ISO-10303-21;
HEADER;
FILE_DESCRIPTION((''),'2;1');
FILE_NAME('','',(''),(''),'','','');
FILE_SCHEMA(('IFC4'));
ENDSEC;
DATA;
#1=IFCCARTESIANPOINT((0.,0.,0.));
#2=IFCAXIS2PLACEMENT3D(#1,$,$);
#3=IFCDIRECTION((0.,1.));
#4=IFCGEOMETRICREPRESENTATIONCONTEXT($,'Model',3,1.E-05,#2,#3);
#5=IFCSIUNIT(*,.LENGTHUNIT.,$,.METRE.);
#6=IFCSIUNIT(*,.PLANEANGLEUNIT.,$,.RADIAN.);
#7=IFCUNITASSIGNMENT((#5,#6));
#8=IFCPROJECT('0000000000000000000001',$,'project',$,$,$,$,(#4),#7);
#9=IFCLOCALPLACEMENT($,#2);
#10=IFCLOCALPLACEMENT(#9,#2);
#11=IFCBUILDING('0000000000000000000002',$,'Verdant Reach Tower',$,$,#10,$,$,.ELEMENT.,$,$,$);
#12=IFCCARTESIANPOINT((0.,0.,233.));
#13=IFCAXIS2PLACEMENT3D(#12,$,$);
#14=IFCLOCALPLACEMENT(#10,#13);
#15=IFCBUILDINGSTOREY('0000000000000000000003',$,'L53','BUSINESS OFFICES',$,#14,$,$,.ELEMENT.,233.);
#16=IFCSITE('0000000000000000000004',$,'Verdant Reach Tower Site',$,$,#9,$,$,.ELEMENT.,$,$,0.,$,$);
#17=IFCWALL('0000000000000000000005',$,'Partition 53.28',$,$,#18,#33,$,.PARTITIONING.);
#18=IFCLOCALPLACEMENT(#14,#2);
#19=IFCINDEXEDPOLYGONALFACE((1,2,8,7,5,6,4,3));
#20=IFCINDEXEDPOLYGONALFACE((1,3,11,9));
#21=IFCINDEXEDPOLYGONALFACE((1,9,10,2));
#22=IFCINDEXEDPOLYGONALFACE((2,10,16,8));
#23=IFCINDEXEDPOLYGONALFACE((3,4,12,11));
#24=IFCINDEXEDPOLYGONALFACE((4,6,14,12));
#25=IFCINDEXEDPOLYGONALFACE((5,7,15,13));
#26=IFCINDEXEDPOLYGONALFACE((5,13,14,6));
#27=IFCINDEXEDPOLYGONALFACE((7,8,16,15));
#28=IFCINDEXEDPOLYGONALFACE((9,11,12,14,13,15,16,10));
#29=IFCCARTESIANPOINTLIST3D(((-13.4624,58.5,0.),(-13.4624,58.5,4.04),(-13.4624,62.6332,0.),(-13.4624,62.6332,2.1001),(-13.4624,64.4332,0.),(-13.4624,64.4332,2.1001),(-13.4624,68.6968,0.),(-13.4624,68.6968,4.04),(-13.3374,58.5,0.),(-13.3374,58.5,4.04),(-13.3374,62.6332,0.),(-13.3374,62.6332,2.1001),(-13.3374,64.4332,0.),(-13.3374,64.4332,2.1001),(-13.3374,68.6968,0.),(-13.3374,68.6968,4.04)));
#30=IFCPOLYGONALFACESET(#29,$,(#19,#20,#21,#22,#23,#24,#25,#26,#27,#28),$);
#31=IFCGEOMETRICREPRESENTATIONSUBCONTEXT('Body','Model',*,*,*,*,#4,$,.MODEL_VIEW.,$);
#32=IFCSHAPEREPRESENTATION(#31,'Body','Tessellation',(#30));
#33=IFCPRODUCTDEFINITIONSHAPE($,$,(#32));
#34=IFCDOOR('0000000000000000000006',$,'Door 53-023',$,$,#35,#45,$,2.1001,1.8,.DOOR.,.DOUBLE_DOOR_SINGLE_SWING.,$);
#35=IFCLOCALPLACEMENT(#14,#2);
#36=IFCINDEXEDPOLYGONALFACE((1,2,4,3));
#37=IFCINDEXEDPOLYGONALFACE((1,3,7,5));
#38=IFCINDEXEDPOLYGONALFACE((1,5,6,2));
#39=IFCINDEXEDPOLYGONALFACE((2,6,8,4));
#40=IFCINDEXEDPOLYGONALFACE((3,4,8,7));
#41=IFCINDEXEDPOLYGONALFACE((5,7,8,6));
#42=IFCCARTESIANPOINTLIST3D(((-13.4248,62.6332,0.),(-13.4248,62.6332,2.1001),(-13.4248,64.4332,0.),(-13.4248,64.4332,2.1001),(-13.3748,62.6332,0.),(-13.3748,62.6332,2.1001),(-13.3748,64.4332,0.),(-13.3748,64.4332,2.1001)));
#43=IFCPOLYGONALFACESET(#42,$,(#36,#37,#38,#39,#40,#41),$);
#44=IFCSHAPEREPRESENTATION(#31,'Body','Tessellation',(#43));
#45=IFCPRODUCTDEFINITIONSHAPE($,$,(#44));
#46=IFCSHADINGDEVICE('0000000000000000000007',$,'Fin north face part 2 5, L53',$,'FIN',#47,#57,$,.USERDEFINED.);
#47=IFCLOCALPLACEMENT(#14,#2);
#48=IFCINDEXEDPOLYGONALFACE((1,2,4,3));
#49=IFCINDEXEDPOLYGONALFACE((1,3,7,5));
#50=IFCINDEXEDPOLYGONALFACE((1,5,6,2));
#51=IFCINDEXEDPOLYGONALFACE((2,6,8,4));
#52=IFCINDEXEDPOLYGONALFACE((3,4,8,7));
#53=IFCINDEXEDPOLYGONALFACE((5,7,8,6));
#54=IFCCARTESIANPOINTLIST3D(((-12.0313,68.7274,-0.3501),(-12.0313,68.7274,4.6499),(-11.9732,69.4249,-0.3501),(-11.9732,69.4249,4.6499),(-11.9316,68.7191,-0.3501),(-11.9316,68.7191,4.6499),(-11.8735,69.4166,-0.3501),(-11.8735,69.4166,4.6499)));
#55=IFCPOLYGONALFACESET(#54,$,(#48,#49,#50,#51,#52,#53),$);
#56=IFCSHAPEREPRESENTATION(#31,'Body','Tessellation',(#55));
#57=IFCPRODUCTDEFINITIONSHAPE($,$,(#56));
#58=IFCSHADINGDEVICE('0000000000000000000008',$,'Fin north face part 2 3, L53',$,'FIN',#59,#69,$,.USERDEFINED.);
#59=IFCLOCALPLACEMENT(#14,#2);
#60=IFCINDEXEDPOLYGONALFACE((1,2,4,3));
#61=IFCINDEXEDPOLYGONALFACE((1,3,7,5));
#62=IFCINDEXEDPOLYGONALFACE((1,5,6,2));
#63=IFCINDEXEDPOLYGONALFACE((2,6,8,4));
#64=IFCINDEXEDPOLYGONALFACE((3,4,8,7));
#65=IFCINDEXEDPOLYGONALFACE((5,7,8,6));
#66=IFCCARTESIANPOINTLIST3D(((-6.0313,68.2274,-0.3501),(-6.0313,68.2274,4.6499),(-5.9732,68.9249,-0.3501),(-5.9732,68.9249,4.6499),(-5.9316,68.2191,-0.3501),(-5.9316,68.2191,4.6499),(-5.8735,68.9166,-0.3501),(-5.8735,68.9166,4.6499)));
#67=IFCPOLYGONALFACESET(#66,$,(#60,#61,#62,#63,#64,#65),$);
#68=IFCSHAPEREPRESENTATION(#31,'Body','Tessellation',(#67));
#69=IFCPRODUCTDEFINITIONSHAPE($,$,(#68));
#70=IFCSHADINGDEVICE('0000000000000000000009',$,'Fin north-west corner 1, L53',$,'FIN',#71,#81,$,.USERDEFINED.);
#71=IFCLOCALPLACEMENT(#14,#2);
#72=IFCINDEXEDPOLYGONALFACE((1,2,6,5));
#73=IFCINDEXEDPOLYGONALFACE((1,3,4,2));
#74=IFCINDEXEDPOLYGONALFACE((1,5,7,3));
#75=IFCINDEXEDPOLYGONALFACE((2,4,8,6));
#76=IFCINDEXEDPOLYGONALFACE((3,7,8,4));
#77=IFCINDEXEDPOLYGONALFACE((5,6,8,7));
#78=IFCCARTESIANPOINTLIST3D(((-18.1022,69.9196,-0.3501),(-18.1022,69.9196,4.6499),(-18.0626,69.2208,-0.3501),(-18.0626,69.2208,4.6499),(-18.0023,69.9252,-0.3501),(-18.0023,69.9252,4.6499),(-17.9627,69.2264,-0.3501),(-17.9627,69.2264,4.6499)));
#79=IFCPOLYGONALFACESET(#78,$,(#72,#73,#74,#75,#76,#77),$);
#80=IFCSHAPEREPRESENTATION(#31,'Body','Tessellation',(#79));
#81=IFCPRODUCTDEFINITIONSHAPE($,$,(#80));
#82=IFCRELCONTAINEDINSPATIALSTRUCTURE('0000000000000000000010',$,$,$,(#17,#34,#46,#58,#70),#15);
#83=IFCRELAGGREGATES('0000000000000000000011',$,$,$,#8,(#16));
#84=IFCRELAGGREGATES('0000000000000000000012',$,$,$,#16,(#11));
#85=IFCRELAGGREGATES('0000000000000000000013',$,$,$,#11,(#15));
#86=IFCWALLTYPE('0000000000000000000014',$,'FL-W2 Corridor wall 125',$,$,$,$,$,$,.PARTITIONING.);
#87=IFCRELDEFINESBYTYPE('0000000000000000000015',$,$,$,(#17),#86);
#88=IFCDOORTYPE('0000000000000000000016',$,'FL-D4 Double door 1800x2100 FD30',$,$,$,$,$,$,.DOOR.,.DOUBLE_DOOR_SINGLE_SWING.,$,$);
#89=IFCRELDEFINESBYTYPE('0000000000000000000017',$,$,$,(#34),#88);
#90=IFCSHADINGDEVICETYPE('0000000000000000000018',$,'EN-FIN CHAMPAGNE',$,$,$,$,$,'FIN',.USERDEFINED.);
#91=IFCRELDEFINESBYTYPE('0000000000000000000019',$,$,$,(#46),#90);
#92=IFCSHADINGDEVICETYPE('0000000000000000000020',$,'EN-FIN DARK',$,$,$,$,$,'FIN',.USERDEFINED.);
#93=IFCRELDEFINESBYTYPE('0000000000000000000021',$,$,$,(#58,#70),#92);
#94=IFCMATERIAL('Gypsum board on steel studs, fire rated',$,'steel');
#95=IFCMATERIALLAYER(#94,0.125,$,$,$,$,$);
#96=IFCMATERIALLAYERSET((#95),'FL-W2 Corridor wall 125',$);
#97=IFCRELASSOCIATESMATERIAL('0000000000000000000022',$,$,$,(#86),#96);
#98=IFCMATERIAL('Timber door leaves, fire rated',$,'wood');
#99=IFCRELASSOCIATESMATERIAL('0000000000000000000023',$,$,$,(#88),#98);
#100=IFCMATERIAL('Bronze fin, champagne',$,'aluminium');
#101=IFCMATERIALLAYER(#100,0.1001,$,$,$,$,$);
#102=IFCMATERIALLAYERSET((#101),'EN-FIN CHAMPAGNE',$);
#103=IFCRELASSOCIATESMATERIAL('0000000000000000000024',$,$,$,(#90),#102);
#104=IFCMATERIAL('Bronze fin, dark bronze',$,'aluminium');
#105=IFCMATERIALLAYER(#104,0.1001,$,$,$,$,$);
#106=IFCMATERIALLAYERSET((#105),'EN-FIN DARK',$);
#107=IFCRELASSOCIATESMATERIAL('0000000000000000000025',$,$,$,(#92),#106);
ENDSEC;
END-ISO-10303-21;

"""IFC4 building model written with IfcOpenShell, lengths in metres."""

from ifc_helpers import new_model, si_unit, direction, frame, frame_2d, origin, origin_2d, place, context, subcontext, project, spatial, rectangle, extrude, material, layer, layer_set, type_object, element, fill, save


model = new_model("IFC4")

# Units and contexts
model_context = context("Model", 3, precision=1e-05, world=origin(), true_north=direction((0.0, 1.0)))
body_context = subcontext(model_context, "Body", "Model", "MODEL_VIEW")
ifc_project = project(units=[si_unit("LENGTHUNIT", "METRE"), si_unit("PLANEANGLEUNIT", "RADIAN")], contexts=[model_context])

# Site, building, storey
site_placement = place(None, origin())
site = spatial("IfcSite", under=ifc_project, at=site_placement, Name="Verdant Reach Tower Site", CompositionType="ELEMENT", RefElevation=0.0)
building_placement = place(site_placement, origin())
building = spatial("IfcBuilding", under=site, at=building_placement, Name="Verdant Reach Tower", CompositionType="ELEMENT")
storey_placement = place(building_placement, frame((0.0, 0.0, 233.0)))
storey = spatial("IfcBuildingStorey", under=building, at=storey_placement, Name="L53", Description="BUSINESS OFFICES", CompositionType="ELEMENT", Elevation=233.0)

# Shared definitions
ifc_material_1 = material(Name="Gypsum board on steel studs, fire rated", Category="steel")
ifc_layer_1 = layer(ifc_material_1, 0.125)
ifc_layer_set_1 = layer_set([ifc_layer_1], Name="FL-W2 Corridor wall 125")
wall_type_1 = type_object("IfcWallType", Name="FL-W2 Corridor wall 125", PredefinedType="PARTITIONING", material=ifc_layer_set_1)

# Wall, opening, door
wall_1_placement = place(storey_placement, frame((-13.3999, 58.5, 0.0), z_axis=(0.0, 0.0, 1.0), x_axis=(0.0, 1.0, 0.0)))
wall_1 = element("IfcWall", 1, at=wall_1_placement, inside=storey, type_object=wall_type_1, Name="Partition 53.28", PredefinedType="PARTITIONING", context=body_context, shape_type="SweptSolid", body=[
    extrude(rectangle(XDim=10.1968, YDim=0.125, at=frame_2d((5.0984, 0.0))), origin(), (0.0, 0.0, 1.0), 4.04),
])
opening_1_placement = place(wall_1_placement, frame((4.1333, 0.0, 0.0)))
opening_1 = element("IfcOpeningElement", 2, at=opening_1_placement, cuts=wall_1, PredefinedType="OPENING", context=body_context, shape_type="SweptSolid", body=[
    extrude(rectangle(XDim=1.8, YDim=2.1001, at=frame_2d((0.8999, 1.05))), frame((0.0, 0.0725, 0.0), z_axis=(0.0, -1.0, 0.0), x_axis=(1.0, 0.0, 0.0)), (0.0, 0.0, 1.0), 0.145),
])
ifc_material_2 = material(Name="Timber door leaves, fire rated", Category="wood")
door_type_1 = type_object("IfcDoorType", Name="FL-D4 Double door 1800x2100 FD30", OperationType="DOUBLE_DOOR_SINGLE_SWING", PredefinedType="DOOR", material=ifc_material_2)
door_1_placement = place(opening_1_placement, origin())
door_1 = element("IfcDoor", 3, at=door_1_placement, inside=storey, type_object=door_type_1, Name="Door 53-023", OperationType="DOUBLE_DOOR_SINGLE_SWING", OverallHeight=2.1001, OverallWidth=1.8, PredefinedType="DOOR", context=body_context, shape_type="SweptSolid", body=[
    extrude(rectangle(XDim=1.8, YDim=2.1001, at=frame_2d((0.8999, 1.05))), frame((0.0, 0.0249, 0.0), z_axis=(0.0, -1.0, 0.0), x_axis=(1.0, 0.0, 0.0)), (0.0, 0.0, 1.0), 0.05),
])
fill(opening_1, door_1)

# Shading devices
ifc_material_3 = material(Name="Bronze fin, champagne", Category="aluminium")
ifc_layer_2 = layer(ifc_material_3, 0.1001)
ifc_layer_set_2 = layer_set([ifc_layer_2], Name="EN-FIN CHAMPAGNE")
shading_device_type_1 = type_object("IfcShadingDeviceType", Name="EN-FIN CHAMPAGNE", ElementType="FIN", PredefinedType="USERDEFINED", material=ifc_layer_set_2)
shading_device_placement = place(storey_placement, frame((-11.9524, 69.072, -0.3501), z_axis=(0.0, 0.0, 1.0), x_axis=(-0.996546, 0.083045, 0.0)))
element("IfcShadingDevice", 4, at=shading_device_placement, inside=storey, type_object=shading_device_type_1, Name="Fin north face part 2 5, L53", ObjectType="FIN", PredefinedType="USERDEFINED", context=body_context, shape_type="SweptSolid", body=[
    extrude(rectangle(XDim=0.1001, YDim=0.7, at=origin_2d()), origin(), (0.0, 0.0, 1.0), 5.0),
])
ifc_material_4 = material(Name="Bronze fin, dark bronze", Category="aluminium")
ifc_layer_3 = layer(ifc_material_4, 0.1001)
ifc_layer_set_3 = layer_set([ifc_layer_3], Name="EN-FIN DARK")
shading_device_type_2 = type_object("IfcShadingDeviceType", Name="EN-FIN DARK", ElementType="FIN", PredefinedType="USERDEFINED", material=ifc_layer_set_3)
for number, where, z_axis, x_axis, name in (
    (5, (-5.9524, 68.572, -0.3501), (0.0, 0.0, 1.0), (-0.996546, 0.083045, 0.0), "Fin north face part 2 3, L53"),
    (6, (-18.0325, 69.573, -0.3501), (0.0, 0.0, 1.0), (-0.998399, -0.056569, 0.0), "Fin north-west corner 1, L53"),
):
    element("IfcShadingDevice", number, at=place(storey_placement, frame(where, z_axis=z_axis, x_axis=x_axis)), inside=storey, type_object=shading_device_type_2, Name=name, ObjectType="FIN", PredefinedType="USERDEFINED", context=body_context, shape_type="SweptSolid", body=[
        extrude(rectangle(XDim=0.1001, YDim=0.7, at=origin_2d()), origin(), (0.0, 0.0, 1.0), 5.0),
    ])

save(model, "model.ifc")
